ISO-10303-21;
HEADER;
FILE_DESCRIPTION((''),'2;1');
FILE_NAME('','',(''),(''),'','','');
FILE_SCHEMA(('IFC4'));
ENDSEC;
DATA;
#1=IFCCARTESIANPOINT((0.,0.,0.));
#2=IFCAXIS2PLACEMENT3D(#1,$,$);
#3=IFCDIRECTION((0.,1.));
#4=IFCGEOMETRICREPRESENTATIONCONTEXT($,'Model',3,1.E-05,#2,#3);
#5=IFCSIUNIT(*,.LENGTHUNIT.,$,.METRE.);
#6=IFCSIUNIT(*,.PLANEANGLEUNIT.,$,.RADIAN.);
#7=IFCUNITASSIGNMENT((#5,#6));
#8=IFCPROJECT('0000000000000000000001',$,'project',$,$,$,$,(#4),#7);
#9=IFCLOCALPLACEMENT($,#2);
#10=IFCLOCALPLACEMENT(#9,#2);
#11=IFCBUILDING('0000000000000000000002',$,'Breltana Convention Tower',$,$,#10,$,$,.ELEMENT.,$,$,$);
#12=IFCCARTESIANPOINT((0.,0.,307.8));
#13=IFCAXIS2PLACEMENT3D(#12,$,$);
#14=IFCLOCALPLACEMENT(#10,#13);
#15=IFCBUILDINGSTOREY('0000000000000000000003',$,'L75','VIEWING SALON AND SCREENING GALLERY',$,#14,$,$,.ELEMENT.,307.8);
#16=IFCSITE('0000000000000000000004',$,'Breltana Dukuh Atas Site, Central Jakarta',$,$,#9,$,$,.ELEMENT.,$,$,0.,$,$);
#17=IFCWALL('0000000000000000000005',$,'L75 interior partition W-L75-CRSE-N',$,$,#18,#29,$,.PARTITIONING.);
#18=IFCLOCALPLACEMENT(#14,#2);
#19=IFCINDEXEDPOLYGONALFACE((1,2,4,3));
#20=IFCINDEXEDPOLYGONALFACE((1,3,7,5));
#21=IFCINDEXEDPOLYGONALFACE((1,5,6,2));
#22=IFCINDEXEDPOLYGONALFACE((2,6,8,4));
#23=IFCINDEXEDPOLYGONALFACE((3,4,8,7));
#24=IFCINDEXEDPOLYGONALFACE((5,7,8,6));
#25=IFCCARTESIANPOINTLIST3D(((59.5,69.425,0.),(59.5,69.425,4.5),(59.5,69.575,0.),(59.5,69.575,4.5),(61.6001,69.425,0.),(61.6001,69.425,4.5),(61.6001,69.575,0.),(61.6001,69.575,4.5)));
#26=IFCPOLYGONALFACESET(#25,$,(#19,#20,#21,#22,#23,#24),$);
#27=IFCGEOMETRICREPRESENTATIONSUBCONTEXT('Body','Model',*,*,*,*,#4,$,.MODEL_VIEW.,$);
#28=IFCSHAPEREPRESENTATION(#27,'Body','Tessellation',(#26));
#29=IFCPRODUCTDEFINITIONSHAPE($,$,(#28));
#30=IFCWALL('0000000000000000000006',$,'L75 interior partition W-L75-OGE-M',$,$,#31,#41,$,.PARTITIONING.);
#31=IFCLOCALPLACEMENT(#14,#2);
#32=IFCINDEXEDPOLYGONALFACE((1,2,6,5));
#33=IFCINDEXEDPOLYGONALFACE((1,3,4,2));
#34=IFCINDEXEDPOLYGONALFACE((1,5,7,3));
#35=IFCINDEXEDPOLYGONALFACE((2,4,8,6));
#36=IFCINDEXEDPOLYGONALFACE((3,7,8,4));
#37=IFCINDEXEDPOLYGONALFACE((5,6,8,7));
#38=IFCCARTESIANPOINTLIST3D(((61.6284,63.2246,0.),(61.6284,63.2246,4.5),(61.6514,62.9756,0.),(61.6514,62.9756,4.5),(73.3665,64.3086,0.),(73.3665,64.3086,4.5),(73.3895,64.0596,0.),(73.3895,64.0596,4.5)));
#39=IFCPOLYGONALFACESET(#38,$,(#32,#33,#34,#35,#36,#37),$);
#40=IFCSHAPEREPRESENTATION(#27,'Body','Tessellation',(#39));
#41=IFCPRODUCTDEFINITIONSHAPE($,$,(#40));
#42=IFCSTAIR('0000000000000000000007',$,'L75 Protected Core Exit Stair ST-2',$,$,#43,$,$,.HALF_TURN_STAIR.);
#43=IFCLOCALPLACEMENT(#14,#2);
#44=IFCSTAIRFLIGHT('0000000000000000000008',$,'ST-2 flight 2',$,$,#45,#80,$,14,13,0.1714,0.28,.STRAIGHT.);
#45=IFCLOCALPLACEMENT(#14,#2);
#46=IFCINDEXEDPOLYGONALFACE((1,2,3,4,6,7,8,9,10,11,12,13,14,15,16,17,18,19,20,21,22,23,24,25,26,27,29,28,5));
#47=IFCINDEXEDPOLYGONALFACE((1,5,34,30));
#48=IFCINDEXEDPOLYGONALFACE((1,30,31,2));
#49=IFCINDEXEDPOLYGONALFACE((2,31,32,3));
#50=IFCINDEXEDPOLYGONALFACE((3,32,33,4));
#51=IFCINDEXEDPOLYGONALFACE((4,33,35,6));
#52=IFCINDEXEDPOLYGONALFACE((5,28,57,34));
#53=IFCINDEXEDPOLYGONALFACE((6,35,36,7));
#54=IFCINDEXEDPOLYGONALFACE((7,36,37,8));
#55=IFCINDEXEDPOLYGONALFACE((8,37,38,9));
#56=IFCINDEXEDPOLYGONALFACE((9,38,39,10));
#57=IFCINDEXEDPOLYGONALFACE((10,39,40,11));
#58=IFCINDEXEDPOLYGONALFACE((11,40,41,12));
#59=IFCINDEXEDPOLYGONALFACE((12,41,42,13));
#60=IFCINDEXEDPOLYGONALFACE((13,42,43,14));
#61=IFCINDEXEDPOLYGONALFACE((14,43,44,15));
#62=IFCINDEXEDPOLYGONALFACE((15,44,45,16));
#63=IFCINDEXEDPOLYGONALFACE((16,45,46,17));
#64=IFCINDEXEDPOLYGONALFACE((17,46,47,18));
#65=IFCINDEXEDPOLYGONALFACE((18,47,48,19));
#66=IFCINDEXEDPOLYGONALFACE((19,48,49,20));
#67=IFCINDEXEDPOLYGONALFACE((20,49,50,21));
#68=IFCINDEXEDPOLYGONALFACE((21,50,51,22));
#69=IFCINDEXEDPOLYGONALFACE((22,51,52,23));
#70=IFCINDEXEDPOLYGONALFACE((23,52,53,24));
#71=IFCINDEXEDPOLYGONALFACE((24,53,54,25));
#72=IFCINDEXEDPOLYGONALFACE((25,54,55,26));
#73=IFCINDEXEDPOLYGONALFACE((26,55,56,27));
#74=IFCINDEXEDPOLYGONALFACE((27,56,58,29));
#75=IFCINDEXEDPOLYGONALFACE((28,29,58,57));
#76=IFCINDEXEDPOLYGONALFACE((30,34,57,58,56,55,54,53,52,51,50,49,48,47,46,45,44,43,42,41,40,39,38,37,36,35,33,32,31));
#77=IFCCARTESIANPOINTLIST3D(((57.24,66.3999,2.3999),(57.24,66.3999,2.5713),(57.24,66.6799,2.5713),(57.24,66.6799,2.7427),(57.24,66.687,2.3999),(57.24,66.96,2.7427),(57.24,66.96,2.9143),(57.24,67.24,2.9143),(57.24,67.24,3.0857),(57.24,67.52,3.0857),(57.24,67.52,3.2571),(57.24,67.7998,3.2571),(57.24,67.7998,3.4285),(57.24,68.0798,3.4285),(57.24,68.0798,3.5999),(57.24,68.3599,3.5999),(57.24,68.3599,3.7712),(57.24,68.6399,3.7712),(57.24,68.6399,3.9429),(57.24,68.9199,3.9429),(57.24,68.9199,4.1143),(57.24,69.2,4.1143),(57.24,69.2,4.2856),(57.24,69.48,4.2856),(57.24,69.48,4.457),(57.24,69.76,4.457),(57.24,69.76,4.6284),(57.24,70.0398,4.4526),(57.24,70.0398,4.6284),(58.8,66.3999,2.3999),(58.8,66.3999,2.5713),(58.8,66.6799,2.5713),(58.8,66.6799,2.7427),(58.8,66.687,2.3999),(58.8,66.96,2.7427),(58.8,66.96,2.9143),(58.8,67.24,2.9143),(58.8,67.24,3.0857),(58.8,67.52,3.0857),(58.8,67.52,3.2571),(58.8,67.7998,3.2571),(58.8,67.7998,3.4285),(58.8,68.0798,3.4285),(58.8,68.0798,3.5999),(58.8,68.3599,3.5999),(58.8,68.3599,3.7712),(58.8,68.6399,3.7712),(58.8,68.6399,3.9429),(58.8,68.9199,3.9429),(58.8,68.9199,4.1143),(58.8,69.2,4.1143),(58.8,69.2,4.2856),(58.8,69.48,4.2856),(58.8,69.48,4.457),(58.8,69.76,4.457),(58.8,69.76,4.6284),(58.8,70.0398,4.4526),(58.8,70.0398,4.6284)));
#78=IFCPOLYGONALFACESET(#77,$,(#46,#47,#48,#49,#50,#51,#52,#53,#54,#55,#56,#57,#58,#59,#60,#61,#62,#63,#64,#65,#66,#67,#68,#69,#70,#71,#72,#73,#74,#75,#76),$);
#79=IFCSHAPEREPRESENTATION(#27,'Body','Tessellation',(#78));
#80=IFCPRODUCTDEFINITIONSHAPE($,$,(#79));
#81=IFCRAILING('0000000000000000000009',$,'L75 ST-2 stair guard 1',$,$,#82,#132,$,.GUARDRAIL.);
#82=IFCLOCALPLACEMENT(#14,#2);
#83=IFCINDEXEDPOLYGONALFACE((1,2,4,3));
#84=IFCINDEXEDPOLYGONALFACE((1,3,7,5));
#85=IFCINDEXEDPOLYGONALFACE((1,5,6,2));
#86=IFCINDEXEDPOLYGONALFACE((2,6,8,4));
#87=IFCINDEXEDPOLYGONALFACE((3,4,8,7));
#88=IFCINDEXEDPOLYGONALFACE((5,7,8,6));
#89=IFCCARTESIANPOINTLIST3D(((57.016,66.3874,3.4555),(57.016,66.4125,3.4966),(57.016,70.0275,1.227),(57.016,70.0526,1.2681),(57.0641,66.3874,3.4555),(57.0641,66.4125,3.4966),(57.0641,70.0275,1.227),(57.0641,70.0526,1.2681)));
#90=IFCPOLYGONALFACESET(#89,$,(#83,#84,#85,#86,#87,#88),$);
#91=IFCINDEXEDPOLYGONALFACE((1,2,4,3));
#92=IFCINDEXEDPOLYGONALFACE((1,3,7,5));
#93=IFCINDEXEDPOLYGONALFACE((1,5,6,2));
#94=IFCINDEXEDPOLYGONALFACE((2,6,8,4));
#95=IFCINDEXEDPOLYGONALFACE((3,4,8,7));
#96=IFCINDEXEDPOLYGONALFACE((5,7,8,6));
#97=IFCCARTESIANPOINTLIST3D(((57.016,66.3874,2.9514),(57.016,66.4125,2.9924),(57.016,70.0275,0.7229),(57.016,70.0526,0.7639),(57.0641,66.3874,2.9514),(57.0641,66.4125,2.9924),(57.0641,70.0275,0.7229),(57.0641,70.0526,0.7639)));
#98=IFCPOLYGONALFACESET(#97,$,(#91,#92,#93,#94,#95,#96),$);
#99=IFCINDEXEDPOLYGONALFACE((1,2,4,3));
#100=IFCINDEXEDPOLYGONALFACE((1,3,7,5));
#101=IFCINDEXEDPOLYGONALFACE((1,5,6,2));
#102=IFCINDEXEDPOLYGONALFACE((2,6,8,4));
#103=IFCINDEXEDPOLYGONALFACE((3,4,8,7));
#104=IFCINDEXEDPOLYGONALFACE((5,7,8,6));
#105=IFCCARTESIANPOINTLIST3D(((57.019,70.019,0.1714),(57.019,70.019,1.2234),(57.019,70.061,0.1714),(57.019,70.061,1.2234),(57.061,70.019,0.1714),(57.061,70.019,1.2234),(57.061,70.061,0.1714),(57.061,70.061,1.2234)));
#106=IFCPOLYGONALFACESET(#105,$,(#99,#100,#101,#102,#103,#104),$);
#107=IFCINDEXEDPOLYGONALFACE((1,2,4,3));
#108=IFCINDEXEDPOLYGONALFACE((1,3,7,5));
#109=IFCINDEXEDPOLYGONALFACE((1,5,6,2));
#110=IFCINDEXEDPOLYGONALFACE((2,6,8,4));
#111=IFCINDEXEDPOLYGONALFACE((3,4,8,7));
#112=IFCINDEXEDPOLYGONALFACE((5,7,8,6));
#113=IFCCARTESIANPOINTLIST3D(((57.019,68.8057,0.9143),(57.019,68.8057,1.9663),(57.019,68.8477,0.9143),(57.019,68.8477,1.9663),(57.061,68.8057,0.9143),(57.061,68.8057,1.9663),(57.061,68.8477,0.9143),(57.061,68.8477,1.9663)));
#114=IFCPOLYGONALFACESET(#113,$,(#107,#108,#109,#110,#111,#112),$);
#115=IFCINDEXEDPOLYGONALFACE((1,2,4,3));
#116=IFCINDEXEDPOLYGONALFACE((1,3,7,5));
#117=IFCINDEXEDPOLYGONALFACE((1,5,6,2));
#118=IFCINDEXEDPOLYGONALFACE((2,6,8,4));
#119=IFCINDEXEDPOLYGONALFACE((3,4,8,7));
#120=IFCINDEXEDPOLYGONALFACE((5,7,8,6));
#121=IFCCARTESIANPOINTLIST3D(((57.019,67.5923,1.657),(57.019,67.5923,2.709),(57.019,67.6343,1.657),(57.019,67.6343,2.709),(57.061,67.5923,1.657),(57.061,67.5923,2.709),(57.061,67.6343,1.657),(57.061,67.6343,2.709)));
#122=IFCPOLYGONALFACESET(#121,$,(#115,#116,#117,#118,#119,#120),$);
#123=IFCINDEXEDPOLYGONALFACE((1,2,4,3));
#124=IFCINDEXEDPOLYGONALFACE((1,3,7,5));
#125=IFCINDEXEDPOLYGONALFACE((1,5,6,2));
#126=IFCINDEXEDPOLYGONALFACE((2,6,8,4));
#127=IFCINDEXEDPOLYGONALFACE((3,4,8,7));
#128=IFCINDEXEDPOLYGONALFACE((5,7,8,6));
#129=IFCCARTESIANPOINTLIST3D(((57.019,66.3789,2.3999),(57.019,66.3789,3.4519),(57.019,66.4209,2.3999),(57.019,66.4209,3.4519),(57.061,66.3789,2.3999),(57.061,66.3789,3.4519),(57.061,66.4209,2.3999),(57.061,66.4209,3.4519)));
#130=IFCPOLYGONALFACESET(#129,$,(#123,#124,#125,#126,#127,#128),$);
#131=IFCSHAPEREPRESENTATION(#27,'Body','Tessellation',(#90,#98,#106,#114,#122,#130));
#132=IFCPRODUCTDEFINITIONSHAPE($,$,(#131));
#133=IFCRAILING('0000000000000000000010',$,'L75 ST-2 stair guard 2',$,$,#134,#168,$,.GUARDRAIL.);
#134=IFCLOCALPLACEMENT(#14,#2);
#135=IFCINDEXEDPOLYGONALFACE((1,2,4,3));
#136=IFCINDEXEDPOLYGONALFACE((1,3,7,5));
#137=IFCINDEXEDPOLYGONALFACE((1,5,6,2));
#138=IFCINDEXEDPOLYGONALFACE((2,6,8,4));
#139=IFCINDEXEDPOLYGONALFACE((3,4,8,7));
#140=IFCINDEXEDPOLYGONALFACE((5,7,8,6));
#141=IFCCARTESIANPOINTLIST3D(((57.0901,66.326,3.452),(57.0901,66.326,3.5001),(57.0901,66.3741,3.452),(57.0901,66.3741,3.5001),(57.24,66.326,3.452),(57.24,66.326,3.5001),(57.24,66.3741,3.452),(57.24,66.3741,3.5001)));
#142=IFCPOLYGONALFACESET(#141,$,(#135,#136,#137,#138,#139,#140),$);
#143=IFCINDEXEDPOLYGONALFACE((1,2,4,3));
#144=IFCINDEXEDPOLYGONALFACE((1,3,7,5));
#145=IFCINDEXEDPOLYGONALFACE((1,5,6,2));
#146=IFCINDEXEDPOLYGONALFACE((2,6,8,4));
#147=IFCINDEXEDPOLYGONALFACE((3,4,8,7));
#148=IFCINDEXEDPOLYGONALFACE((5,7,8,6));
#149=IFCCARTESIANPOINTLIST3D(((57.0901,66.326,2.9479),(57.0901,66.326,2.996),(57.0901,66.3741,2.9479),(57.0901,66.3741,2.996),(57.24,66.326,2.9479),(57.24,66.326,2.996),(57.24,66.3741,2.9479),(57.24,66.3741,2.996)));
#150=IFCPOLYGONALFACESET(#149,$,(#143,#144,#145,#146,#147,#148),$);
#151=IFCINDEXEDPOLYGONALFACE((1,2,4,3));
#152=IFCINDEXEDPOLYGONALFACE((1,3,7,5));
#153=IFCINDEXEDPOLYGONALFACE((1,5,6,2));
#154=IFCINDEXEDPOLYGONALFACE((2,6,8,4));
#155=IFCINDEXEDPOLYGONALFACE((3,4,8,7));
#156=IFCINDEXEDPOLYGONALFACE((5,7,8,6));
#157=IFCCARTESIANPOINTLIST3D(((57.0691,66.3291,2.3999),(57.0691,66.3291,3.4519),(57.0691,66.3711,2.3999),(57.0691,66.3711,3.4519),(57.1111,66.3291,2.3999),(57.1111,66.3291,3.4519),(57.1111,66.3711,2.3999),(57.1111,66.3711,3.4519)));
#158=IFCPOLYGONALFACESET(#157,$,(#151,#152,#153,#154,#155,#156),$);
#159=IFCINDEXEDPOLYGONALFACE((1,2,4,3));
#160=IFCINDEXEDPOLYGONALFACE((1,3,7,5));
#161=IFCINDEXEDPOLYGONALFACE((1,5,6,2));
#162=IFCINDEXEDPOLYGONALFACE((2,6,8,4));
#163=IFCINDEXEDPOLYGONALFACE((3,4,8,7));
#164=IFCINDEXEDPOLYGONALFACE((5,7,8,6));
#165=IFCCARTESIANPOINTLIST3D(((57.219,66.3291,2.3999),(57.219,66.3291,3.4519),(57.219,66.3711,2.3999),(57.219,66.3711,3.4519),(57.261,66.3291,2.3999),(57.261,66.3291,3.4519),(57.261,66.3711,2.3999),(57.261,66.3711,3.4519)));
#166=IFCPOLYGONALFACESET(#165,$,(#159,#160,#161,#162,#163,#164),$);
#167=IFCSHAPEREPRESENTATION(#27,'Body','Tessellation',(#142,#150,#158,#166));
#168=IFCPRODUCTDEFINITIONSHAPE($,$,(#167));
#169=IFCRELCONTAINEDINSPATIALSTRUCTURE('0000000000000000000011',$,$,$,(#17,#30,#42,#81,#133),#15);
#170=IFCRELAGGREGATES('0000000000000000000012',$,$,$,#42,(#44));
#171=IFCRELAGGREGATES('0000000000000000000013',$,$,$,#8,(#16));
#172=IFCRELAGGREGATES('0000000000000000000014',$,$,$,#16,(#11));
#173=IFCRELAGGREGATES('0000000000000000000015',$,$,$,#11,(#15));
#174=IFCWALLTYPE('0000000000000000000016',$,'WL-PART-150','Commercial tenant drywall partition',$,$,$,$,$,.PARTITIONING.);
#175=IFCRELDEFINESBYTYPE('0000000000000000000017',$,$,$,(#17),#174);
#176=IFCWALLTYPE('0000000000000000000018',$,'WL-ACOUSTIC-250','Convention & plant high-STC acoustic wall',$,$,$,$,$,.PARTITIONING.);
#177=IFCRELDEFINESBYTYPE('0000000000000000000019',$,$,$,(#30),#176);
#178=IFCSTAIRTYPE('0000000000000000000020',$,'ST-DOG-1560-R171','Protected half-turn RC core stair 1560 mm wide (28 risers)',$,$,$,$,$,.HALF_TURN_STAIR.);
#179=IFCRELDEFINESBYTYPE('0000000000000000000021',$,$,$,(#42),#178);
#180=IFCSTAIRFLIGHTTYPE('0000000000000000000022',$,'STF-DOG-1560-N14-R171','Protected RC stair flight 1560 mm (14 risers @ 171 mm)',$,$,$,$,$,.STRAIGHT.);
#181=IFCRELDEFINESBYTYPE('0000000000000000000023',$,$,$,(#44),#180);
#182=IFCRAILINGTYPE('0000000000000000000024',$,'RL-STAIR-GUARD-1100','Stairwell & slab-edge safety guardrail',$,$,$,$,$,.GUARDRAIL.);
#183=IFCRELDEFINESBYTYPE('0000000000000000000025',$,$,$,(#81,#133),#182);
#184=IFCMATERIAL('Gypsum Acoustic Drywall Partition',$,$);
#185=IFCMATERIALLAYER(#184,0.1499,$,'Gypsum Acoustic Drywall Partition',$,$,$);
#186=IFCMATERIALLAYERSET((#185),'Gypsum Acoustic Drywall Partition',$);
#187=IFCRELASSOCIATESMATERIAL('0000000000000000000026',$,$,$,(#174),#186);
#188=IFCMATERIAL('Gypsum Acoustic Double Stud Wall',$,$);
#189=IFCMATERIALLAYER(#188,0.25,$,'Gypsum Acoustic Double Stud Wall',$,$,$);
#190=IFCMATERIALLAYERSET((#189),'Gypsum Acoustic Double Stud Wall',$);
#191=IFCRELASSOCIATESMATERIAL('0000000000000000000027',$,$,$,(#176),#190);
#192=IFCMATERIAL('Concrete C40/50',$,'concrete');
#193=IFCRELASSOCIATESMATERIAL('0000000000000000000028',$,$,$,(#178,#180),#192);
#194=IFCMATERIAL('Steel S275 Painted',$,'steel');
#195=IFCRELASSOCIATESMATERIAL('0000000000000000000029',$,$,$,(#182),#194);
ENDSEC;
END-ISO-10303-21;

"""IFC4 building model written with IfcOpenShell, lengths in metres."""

from ifc_helpers import new_model, si_unit, direction, frame, frame_2d, origin, origin_2d, place, context, subcontext, project, spatial, polyline, rectangle, outline, extrude, source, transform, mapped, material, layer, layer_set, type_object, element, aggregate, save


model = new_model("IFC4")

# Units and contexts
model_context = context("Model", 3, precision=1e-05, world=origin(), true_north=direction((0.0, 1.0)))
body_context = subcontext(model_context, "Body", "Model", "MODEL_VIEW")
ifc_project = project(units=[si_unit("LENGTHUNIT", "METRE"), si_unit("PLANEANGLEUNIT", "RADIAN")], contexts=[model_context])

# Site, building, storey
site_placement = place(None, origin())
site = spatial("IfcSite", under=ifc_project, at=site_placement, Name="Breltana Dukuh Atas Site, Central Jakarta", CompositionType="ELEMENT", RefElevation=0.0)
building_placement = place(site_placement, origin())
building = spatial("IfcBuilding", under=site, at=building_placement, Name="Breltana Convention Tower", CompositionType="ELEMENT")
storey_placement = place(building_placement, frame((0.0, 0.0, 307.8)))
storey = spatial("IfcBuildingStorey", under=building, at=storey_placement, Name="L75", Description="VIEWING SALON AND SCREENING GALLERY", CompositionType="ELEMENT", Elevation=307.8)

# Shared definitions
ifc_material_1 = material(Name="Gypsum Acoustic Drywall Partition")
ifc_layer_1 = layer(ifc_material_1, 0.1499, Name="Gypsum Acoustic Drywall Partition")
ifc_layer_set_1 = layer_set([ifc_layer_1], Name="Gypsum Acoustic Drywall Partition")
wall_type_1 = type_object("IfcWallType", Name="WL-PART-150", Description="Commercial tenant drywall partition", PredefinedType="PARTITIONING", material=ifc_layer_set_1)
shared_shape_1 = source(origin(), body_context, "Body", "SweptSolid", [
    extrude(rectangle(XDim=2.1001, YDim=0.1499, at=frame_2d((1.05, 0.0))), origin(), (0.0, 0.0, 1.0), 4.5),
])

# Wall
wall_1_placement = place(storey_placement, frame((59.5, 69.5, 0.0), z_axis=(0.0, 0.0, 1.0), x_axis=(1.0, 0.0, 0.0)))
element("IfcWall", 1, at=wall_1_placement, inside=storey, type_object=wall_type_1, Name="L75 interior partition W-L75-CRSE-N", PredefinedType="PARTITIONING", context=body_context, shape_type="MappedRepresentation", body=[
    mapped(shared_shape_1, transform((0.0, 0.0, 0.0), scale=1.0)),
])

# Wall
ifc_material_2 = material(Name="Gypsum Acoustic Double Stud Wall")
ifc_layer_2 = layer(ifc_material_2, 0.25, Name="Gypsum Acoustic Double Stud Wall")
ifc_layer_set_2 = layer_set([ifc_layer_2], Name="Gypsum Acoustic Double Stud Wall")
wall_type_2 = type_object("IfcWallType", Name="WL-ACOUSTIC-250", Description="Convention & plant high-STC acoustic wall", PredefinedType="PARTITIONING", material=ifc_layer_set_2)
shared_shape_2 = source(origin(), body_context, "Body", "SweptSolid", [
    extrude(rectangle(XDim=11.7881, YDim=0.25, at=frame_2d((5.894, 0.0))), origin(), (0.0, 0.0, 1.0), 4.5),
])
wall_2_placement = place(storey_placement, frame((61.6399, 63.1001, 0.0), z_axis=(0.0, 0.0, 1.0), x_axis=(0.995763, 0.091957, 0.0)))
element("IfcWall", 2, at=wall_2_placement, inside=storey, type_object=wall_type_2, Name="L75 interior partition W-L75-OGE-M", PredefinedType="PARTITIONING", context=body_context, shape_type="MappedRepresentation", body=[
    mapped(shared_shape_2, transform((0.0, 0.0, 0.0), scale=1.0)),
])

# Stair, stair flight
ifc_material_3 = material(Name="Concrete C40/50", Category="concrete")
stair_type = type_object("IfcStairType", Name="ST-DOG-1560-R171", Description="Protected half-turn RC core stair 1560 mm wide (28 risers)", PredefinedType="HALF_TURN_STAIR", material=ifc_material_3)
stair_placement = place(storey_placement, origin())
stair = element("IfcStair", 3, at=stair_placement, inside=storey, type_object=stair_type, Name="L75 Protected Core Exit Stair ST-2", PredefinedType="HALF_TURN_STAIR")
stair_flight_type = type_object("IfcStairFlightType", Name="STF-DOG-1560-N14-R171", Description="Protected RC stair flight 1560 mm (14 risers @ 171 mm)", PredefinedType="STRAIGHT", material=ifc_material_3)
stair_flight_placement = place(storey_placement, frame((58.02, 66.3999, 2.3999), z_axis=(0.0, 0.0, 1.0), x_axis=(0.0, 1.0, 0.0)))
stair_flight = element("IfcStairFlight", 4, at=stair_flight_placement, type_object=stair_flight_type, Name="ST-2 flight 2", NumberOfRisers=14, NumberOfTreads=13, PredefinedType="STRAIGHT", RiserHeight=0.1714, TreadLength=0.28, context=body_context, shape_type="SweptSolid", body=[
    extrude(outline(polyline([(0.0, 0.0), (0.0, 0.1714), (0.28, 0.1714), (0.28, 0.3428), (0.5601, 0.3428), (0.5601, 0.5144), (0.8401, 0.5144), (0.8401, 0.6858), (1.1201, 0.6858), (1.1201, 0.8572), (1.3999, 0.8572), (1.3999, 1.0286), (1.6799, 1.0286), (1.6799, 1.2), (1.96, 1.2), (1.96, 1.3713), (2.24, 1.3713), (2.24, 1.543), (2.52, 1.543), (2.52, 1.7144), (2.8, 1.7144), (2.8, 1.8857), (3.0801, 1.8857), (3.0801, 2.0571), (3.3601, 2.0571), (3.3601, 2.2285), (3.6399, 2.2285), (3.6399, 2.3999), (3.6399, 2.0527), (0.2871, 0.0), (0.0, 0.0)])), frame((0.0, 0.78, 0.0), z_axis=(0.0, -1.0, 0.0), x_axis=(1.0, 0.0, 0.0)), (0.0, 0.0, 1.0), 1.5601),
])
aggregate(stair, [stair_flight])

# Railings
ifc_material_4 = material(Name="Steel S275 Painted", Category="steel")
railing_type_1 = type_object("IfcRailingType", Name="RL-STAIR-GUARD-1100", Description="Stairwell & slab-edge safety guardrail", PredefinedType="GUARDRAIL", material=ifc_material_4)
railing_1_placement = place(storey_placement, frame((57.04, 70.04, 0.1714)))
element("IfcRailing", 5, at=railing_1_placement, inside=storey, type_object=railing_type_1, Name="L75 ST-2 stair guard 1", PredefinedType="GUARDRAIL", context=body_context, shape_type="SweptSolid", body=[
    extrude(rectangle(XDim=0.0481, YDim=0.0481, at=origin_2d()), frame((0.0, 0.0, 1.0762), z_axis=(0.0, -0.852866, 0.52213), x_axis=(1.0, 0.0, 0.0)), (0.0, 0.0, 1.0), 4.2681),
    extrude(rectangle(XDim=0.0481, YDim=0.0481, at=origin_2d()), frame((0.0, 0.0, 0.572), z_axis=(0.0, -0.852866, 0.52213), x_axis=(1.0, 0.0, 0.0)), (0.0, 0.0, 1.0), 4.2681),
    extrude(rectangle(XDim=0.042, YDim=0.042, at=origin_2d()), origin(), (0.0, 0.0, 1.0), 1.052),
    extrude(rectangle(XDim=0.042, YDim=0.042, at=origin_2d()), frame((0.0, -1.2134, 0.7429)), (0.0, 0.0, 1.0), 1.052),
    extrude(rectangle(XDim=0.042, YDim=0.042, at=origin_2d()), frame((0.0, -2.4268, 1.4856)), (0.0, 0.0, 1.0), 1.052),
    extrude(rectangle(XDim=0.042, YDim=0.042, at=origin_2d()), frame((0.0, -3.6401, 2.2285)), (0.0, 0.0, 1.0), 1.052),
])
railing_2_placement = place(storey_placement, frame((57.0901, 66.3501, 2.3999)))
element("IfcRailing", 6, at=railing_2_placement, inside=storey, type_object=railing_type_1, Name="L75 ST-2 stair guard 2", PredefinedType="GUARDRAIL", context=body_context, shape_type="SweptSolid", body=[
    extrude(rectangle(XDim=0.0481, YDim=0.0481, at=origin_2d()), frame((0.0, 0.0, 1.0762), z_axis=(1.0, 0.0, 0.0), x_axis=(0.0, 1.0, 0.0)), (0.0, 0.0, 1.0), 0.1499),
    extrude(rectangle(XDim=0.0481, YDim=0.0481, at=origin_2d()), frame((0.0, 0.0, 0.572), z_axis=(1.0, 0.0, 0.0), x_axis=(0.0, 1.0, 0.0)), (0.0, 0.0, 1.0), 0.1499),
    extrude(rectangle(XDim=0.042, YDim=0.042, at=origin_2d()), origin(), (0.0, 0.0, 1.0), 1.052),
    extrude(rectangle(XDim=0.042, YDim=0.042, at=origin_2d()), frame((0.1499, 0.0, 0.0)), (0.0, 0.0, 1.0), 1.052),
])

save(model, "model.ifc")
